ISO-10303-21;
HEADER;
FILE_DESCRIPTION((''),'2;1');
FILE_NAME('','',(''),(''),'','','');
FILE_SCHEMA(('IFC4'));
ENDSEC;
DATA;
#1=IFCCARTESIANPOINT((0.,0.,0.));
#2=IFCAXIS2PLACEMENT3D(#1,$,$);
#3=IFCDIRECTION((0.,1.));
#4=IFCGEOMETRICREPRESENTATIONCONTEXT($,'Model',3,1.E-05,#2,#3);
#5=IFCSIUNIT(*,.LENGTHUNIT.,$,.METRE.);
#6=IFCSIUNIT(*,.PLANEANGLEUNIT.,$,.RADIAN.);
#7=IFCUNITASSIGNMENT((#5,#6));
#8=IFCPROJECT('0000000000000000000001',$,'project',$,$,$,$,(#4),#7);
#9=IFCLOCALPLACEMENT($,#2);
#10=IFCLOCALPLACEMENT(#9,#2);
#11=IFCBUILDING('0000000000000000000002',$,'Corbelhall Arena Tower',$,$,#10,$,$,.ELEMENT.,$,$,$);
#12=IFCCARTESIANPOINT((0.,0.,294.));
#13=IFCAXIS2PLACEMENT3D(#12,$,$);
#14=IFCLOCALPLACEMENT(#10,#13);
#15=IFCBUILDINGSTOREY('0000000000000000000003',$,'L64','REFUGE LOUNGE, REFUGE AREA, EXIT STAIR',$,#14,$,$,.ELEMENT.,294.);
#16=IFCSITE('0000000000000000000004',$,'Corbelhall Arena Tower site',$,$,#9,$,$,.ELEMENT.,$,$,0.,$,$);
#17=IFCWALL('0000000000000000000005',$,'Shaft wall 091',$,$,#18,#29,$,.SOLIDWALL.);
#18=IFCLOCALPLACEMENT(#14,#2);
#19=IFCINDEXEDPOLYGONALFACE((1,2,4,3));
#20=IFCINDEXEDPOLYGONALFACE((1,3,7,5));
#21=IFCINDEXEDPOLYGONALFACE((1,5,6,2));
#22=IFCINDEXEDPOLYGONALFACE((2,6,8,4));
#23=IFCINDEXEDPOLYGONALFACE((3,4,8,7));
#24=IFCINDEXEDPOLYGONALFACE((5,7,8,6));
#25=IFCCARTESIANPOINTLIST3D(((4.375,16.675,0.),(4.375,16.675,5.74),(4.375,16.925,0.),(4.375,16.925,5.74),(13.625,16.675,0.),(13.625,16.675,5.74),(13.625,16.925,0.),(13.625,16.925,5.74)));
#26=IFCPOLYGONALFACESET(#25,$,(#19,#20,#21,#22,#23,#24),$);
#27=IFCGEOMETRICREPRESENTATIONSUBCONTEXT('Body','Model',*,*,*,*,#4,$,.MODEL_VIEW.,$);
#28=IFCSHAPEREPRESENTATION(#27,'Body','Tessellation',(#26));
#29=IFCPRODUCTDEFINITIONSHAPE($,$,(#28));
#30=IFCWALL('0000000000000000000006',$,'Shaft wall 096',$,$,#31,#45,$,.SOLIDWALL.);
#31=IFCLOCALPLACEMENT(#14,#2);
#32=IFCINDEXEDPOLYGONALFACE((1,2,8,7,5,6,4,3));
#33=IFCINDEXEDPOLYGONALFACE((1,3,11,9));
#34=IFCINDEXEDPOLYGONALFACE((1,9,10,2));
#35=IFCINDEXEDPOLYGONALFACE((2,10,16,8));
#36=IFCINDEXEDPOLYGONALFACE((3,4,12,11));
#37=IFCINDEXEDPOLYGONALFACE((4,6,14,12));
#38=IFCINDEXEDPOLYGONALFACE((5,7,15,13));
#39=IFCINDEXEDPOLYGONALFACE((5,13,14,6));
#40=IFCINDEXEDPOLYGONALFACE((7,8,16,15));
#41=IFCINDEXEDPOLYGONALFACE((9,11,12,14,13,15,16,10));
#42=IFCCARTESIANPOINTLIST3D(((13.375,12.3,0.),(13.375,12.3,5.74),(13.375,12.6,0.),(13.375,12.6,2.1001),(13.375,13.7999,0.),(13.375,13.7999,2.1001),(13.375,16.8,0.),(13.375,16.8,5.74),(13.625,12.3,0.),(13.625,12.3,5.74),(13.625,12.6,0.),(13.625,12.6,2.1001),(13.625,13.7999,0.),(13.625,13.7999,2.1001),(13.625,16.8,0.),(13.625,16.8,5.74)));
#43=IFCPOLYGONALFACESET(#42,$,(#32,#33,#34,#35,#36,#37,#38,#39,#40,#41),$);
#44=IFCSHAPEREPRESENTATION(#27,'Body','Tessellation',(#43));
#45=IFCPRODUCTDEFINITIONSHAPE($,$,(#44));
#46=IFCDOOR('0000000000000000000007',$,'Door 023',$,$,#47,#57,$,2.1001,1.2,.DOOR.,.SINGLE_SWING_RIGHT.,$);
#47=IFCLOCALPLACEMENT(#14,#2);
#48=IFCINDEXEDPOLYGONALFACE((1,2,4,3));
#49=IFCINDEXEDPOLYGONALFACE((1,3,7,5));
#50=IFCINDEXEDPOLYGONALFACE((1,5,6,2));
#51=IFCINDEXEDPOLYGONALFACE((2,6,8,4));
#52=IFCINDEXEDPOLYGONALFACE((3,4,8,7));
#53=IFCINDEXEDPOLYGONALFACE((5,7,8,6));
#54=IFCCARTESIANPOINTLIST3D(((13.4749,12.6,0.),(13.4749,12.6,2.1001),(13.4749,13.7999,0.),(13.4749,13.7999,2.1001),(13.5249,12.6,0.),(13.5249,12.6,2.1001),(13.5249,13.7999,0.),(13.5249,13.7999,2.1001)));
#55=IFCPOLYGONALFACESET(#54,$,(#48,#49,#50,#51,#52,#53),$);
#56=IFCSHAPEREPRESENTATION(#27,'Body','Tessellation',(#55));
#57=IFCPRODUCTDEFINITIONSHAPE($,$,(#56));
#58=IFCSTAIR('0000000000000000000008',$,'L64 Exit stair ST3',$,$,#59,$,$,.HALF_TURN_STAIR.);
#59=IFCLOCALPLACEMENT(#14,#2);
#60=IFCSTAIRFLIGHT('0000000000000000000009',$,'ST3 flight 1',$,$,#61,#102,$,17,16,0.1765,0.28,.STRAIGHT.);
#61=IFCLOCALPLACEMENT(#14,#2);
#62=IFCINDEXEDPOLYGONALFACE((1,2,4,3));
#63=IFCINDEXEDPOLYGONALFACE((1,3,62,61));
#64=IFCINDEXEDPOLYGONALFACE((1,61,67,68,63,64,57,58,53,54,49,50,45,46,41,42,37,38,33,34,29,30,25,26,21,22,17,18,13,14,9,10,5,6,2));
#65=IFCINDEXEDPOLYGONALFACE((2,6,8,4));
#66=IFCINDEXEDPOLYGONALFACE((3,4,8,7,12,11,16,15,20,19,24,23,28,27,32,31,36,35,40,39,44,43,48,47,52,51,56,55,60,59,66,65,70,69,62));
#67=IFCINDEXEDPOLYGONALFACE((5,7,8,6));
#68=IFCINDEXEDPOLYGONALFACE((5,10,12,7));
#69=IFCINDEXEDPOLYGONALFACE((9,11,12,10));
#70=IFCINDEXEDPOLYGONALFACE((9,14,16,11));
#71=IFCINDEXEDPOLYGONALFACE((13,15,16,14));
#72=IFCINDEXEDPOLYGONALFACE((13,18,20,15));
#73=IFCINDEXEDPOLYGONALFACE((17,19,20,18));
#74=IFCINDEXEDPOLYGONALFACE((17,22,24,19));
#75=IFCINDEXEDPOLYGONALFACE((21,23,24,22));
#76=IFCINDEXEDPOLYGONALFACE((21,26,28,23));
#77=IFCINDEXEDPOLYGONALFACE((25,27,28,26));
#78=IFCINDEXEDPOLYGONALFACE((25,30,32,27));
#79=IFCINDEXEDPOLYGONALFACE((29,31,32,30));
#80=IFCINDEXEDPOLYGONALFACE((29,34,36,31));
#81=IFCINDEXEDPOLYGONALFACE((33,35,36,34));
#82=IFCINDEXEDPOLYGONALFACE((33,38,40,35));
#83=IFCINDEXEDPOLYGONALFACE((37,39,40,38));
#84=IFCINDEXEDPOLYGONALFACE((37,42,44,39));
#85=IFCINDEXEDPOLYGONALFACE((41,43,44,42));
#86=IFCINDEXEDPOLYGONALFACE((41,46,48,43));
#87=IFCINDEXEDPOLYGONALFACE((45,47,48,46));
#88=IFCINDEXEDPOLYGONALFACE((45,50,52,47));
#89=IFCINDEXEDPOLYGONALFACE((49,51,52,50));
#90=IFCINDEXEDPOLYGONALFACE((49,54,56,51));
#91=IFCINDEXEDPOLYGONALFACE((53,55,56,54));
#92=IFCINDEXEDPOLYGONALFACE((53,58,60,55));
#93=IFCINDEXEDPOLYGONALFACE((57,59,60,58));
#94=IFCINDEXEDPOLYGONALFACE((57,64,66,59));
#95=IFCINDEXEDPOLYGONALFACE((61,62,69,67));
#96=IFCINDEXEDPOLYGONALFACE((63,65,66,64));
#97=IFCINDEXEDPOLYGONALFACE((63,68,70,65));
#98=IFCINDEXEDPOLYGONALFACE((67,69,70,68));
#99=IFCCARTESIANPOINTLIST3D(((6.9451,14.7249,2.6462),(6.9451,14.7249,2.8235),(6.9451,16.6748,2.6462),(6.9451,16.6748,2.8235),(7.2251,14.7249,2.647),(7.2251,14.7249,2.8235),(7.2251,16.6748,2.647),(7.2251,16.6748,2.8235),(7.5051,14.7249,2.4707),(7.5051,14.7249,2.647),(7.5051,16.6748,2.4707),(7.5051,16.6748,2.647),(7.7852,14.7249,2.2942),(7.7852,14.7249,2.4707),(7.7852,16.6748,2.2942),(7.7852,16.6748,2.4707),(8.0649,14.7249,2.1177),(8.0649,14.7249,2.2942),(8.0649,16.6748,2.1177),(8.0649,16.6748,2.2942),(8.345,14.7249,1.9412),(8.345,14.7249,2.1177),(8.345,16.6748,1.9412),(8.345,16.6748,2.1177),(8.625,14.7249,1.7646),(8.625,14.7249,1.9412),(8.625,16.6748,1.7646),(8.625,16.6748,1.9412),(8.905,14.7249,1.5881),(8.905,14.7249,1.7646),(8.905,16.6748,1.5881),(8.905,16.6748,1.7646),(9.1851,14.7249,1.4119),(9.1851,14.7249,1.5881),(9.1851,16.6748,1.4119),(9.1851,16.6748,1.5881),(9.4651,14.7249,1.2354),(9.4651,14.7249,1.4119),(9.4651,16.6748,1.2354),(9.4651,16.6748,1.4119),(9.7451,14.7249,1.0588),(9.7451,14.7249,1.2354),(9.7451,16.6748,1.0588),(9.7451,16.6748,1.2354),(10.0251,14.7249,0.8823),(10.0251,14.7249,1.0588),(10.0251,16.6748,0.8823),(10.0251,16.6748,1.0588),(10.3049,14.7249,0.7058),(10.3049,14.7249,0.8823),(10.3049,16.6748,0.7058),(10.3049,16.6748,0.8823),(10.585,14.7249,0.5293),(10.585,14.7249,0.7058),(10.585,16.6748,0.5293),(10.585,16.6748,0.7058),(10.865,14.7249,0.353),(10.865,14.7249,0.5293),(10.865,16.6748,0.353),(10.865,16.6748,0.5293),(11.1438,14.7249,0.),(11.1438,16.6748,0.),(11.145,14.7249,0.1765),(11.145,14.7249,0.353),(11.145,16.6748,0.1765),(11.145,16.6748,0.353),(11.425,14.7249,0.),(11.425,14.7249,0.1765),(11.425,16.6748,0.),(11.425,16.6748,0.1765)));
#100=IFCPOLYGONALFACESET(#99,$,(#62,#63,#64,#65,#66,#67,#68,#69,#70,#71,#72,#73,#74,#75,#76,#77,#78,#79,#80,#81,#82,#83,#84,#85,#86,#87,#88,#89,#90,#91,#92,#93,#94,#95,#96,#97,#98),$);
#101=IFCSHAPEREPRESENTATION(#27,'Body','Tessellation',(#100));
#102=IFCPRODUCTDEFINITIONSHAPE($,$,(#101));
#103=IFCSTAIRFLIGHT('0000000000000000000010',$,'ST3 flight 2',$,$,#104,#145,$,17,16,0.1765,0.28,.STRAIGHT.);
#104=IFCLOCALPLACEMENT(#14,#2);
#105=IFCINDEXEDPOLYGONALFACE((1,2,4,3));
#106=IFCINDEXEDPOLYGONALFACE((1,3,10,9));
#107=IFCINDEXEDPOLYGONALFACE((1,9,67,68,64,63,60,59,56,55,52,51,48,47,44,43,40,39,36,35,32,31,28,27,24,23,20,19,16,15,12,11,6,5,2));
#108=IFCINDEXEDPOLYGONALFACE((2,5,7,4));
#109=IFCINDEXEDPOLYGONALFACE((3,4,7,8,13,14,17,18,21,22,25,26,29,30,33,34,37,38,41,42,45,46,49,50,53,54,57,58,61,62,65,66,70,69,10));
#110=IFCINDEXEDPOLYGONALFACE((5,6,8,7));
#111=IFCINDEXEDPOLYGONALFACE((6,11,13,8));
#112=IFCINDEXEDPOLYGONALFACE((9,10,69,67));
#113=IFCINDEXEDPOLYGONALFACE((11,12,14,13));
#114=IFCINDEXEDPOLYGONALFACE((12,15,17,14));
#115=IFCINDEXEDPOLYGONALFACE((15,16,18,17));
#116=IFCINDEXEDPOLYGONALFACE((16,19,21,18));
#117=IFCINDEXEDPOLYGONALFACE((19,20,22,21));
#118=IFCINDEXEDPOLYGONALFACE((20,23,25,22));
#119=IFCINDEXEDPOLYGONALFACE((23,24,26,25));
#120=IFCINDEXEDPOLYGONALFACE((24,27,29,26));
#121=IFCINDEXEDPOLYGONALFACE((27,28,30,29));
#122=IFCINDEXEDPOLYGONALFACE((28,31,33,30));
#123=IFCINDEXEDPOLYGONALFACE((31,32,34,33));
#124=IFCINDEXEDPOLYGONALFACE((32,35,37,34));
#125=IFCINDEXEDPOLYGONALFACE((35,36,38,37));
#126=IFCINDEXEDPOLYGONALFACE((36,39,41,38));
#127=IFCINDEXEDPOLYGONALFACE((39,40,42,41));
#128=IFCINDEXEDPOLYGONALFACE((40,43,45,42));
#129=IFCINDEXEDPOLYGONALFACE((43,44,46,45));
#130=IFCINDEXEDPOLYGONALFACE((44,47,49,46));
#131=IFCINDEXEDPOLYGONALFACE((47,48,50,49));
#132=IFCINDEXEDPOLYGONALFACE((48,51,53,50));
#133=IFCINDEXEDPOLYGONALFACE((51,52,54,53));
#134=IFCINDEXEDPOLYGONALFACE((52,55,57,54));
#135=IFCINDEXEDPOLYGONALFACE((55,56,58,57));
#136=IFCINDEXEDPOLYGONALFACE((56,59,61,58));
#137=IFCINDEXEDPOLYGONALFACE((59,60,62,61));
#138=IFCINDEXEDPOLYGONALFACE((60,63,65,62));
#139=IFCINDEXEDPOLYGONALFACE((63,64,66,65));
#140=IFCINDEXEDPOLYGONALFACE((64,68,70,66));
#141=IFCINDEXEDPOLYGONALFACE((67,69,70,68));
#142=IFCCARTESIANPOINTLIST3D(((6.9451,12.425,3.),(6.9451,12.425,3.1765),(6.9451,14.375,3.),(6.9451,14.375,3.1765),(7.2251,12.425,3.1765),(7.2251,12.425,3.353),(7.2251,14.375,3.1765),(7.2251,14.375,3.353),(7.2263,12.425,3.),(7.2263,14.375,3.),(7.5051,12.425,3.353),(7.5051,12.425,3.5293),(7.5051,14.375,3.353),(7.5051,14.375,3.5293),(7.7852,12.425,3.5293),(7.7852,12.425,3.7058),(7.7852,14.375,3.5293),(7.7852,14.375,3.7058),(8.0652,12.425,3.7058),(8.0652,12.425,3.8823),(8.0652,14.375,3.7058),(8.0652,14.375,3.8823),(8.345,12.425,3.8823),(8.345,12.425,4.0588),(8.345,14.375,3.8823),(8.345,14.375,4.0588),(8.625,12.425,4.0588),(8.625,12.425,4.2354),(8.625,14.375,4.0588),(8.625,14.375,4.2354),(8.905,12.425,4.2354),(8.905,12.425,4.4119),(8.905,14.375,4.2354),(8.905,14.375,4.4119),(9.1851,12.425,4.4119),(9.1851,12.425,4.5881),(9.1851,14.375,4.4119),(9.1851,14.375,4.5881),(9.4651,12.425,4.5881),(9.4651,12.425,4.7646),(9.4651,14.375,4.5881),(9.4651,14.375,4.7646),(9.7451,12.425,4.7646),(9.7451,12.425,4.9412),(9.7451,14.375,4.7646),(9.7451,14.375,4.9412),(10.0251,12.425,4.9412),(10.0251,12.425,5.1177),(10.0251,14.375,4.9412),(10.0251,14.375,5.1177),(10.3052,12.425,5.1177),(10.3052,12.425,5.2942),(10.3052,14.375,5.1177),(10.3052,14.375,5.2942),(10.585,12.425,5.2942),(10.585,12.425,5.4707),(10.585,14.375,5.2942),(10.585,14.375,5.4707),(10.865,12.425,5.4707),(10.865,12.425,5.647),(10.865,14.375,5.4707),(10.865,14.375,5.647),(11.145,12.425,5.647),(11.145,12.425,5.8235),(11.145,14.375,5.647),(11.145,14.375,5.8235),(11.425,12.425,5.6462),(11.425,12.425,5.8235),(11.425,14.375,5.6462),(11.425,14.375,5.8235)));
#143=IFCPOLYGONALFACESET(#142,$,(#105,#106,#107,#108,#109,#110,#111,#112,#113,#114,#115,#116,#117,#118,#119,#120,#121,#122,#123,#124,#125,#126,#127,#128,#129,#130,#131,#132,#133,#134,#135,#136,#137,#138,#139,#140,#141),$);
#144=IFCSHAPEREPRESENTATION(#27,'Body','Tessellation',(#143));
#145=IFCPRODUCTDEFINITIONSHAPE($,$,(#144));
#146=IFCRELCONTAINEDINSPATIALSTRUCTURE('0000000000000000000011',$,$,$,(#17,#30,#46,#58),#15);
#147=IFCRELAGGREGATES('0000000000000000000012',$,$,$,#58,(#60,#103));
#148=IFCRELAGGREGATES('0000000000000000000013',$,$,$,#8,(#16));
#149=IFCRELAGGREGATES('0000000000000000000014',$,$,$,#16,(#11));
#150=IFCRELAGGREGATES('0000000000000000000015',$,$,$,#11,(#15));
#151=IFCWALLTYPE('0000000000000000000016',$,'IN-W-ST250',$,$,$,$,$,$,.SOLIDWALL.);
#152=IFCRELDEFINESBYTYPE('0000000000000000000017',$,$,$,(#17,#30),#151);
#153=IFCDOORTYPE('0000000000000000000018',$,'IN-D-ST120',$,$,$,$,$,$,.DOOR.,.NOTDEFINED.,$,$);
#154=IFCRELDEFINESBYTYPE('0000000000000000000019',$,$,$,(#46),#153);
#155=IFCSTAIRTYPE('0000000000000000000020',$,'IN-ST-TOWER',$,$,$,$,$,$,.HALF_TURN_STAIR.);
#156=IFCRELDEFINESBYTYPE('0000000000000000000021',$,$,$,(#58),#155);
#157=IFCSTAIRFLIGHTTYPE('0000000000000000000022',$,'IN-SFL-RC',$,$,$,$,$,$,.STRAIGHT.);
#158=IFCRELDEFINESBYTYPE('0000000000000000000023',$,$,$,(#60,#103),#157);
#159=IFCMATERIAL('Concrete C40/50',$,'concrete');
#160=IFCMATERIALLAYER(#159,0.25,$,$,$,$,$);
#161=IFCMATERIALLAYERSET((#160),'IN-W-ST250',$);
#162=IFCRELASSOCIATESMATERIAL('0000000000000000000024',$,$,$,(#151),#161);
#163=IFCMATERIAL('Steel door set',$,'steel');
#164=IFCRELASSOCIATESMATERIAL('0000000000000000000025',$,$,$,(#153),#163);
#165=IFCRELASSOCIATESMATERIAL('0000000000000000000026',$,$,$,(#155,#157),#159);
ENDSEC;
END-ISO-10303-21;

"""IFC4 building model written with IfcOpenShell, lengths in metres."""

from ifc_helpers import new_model, si_unit, direction, frame, frame_2d, origin, place, context, subcontext, project, spatial, polyline, rectangle, outline, extrude, material, layer, layer_set, type_object, element, fill, aggregate, save


model = new_model("IFC4")

# Units and contexts
model_context = context("Model", 3, precision=1e-05, world=origin(), true_north=direction((0.0, 1.0)))
body_context = subcontext(model_context, "Body", "Model", "MODEL_VIEW")
ifc_project = project(units=[si_unit("LENGTHUNIT", "METRE"), si_unit("PLANEANGLEUNIT", "RADIAN")], contexts=[model_context])

# Site, building, storey
site_placement = place(None, origin())
site = spatial("IfcSite", under=ifc_project, at=site_placement, Name="Corbelhall Arena Tower site", CompositionType="ELEMENT", RefElevation=0.0)
building_placement = place(site_placement, origin())
building = spatial("IfcBuilding", under=site, at=building_placement, Name="Corbelhall Arena Tower", CompositionType="ELEMENT")
storey_placement = place(building_placement, frame((0.0, 0.0, 294.0)))
storey = spatial("IfcBuildingStorey", under=building, at=storey_placement, Name="L64", Description="REFUGE LOUNGE, REFUGE AREA, EXIT STAIR", CompositionType="ELEMENT", Elevation=294.0)

# Wall
ifc_material_1 = material(Name="Concrete C40/50", Category="concrete")
ifc_layer_1 = layer(ifc_material_1, 0.25)
ifc_layer_set_1 = layer_set([ifc_layer_1], Name="IN-W-ST250")
wall_type_1 = type_object("IfcWallType", Name="IN-W-ST250", PredefinedType="SOLIDWALL", material=ifc_layer_set_1)
wall_1_placement = place(storey_placement, frame((4.375, 16.8, 0.0), z_axis=(0.0, 0.0, 1.0), x_axis=(1.0, 0.0, 0.0)))
element("IfcWall", 1, at=wall_1_placement, inside=storey, type_object=wall_type_1, Name="Shaft wall 091", PredefinedType="SOLIDWALL", context=body_context, shape_type="SweptSolid", body=[
    extrude(rectangle(XDim=9.25, YDim=0.25, at=frame_2d((4.625, 0.0))), origin(), (0.0, 0.0, 1.0), 5.74),
])

# Wall, opening, door
wall_2_placement = place(storey_placement, frame((13.5, 16.8, 0.0), z_axis=(0.0, 0.0, 1.0), x_axis=(0.0, -1.0, 0.0)))
wall_2 = element("IfcWall", 2, at=wall_2_placement, inside=storey, type_object=wall_type_1, Name="Shaft wall 096", PredefinedType="SOLIDWALL", context=body_context, shape_type="SweptSolid", body=[
    extrude(rectangle(XDim=4.5, YDim=0.25, at=frame_2d((2.25, 0.0))), origin(), (0.0, 0.0, 1.0), 5.74),
])
opening_placement = place(wall_2_placement, frame((3.0, 0.0, 0.0)))
opening = element("IfcOpeningElement", 3, at=opening_placement, cuts=wall_2, PredefinedType="OPENING", context=body_context, shape_type="SweptSolid", body=[
    extrude(rectangle(XDim=1.2, YDim=2.1001, at=frame_2d((0.6001, 1.05))), frame((0.0, 0.125, 0.0), z_axis=(0.0, -1.0, 0.0), x_axis=(1.0, 0.0, 0.0)), (0.0, 0.0, 1.0), 0.25),
])
ifc_material_2 = material(Name="Steel door set", Category="steel")
door_type = type_object("IfcDoorType", Name="IN-D-ST120", OperationType="NOTDEFINED", PredefinedType="DOOR", material=ifc_material_2)
door_placement = place(opening_placement, origin())
door = element("IfcDoor", 4, at=door_placement, inside=storey, type_object=door_type, Name="Door 023", OperationType="SINGLE_SWING_RIGHT", OverallHeight=2.1001, OverallWidth=1.2, PredefinedType="DOOR", context=body_context, shape_type="SweptSolid", body=[
    extrude(rectangle(XDim=1.2, YDim=2.1001, at=frame_2d((0.6001, 1.05))), frame((0.0, 0.0249, 0.0), z_axis=(0.0, -1.0, 0.0), x_axis=(1.0, 0.0, 0.0)), (0.0, 0.0, 1.0), 0.05),
])
fill(opening, door)

# Stair, stair flights
stair_type = type_object("IfcStairType", Name="IN-ST-TOWER", PredefinedType="HALF_TURN_STAIR", material=ifc_material_1)
stair_placement = place(storey_placement, origin())
stair = element("IfcStair", 5, at=stair_placement, inside=storey, type_object=stair_type, Name="L64 Exit stair ST3", PredefinedType="HALF_TURN_STAIR")
stair_flight_type = type_object("IfcStairFlightType", Name="IN-SFL-RC", PredefinedType="STRAIGHT", material=ifc_material_1)
stair_flight_1_placement = place(storey_placement, frame((11.425, 15.7, 0.0), z_axis=(0.0, 0.0, 1.0), x_axis=(-1.0, 0.0, 0.0)))
stair_flight_1 = element("IfcStairFlight", 6, at=stair_flight_1_placement, type_object=stair_flight_type, Name="ST3 flight 1", NumberOfRisers=17, NumberOfTreads=16, PredefinedType="STRAIGHT", RiserHeight=0.1765, TreadLength=0.28, context=body_context, shape_type="SweptSolid", body=[
    extrude(outline(polyline([(0.0, 0.0), (0.0, 0.1765), (0.28, 0.1765), (0.28, 0.353), (0.5601, 0.353), (0.5601, 0.5293), (0.8401, 0.5293), (0.8401, 0.7058), (1.1201, 0.7058), (1.1201, 0.8823), (1.3999, 0.8823), (1.3999, 1.0588), (1.6799, 1.0588), (1.6799, 1.2354), (1.96, 1.2354), (1.96, 1.4119), (2.24, 1.4119), (2.24, 1.5881), (2.52, 1.5881), (2.52, 1.7646), (2.8, 1.7646), (2.8, 1.9412), (3.0801, 1.9412), (3.0801, 2.1177), (3.3601, 2.1177), (3.3601, 2.2942), (3.6399, 2.2942), (3.6399, 2.4707), (3.9199, 2.4707), (3.9199, 2.647), (4.2, 2.647), (4.2, 2.8235), (4.48, 2.8235), (4.48, 3.0), (4.48, 2.6462), (0.2812, 0.0), (0.0, 0.0)])), frame((0.0, 0.9751, 0.0), z_axis=(0.0, -1.0, 0.0), x_axis=(1.0, 0.0, 0.0)), (0.0, 0.0, 1.0), 1.95),
])
stair_flight_2_placement = place(storey_placement, frame((6.9451, 13.3999, 3.0), z_axis=(0.0, 0.0, 1.0), x_axis=(1.0, 0.0, 0.0)))
stair_flight_2 = element("IfcStairFlight", 7, at=stair_flight_2_placement, type_object=stair_flight_type, Name="ST3 flight 2", NumberOfRisers=17, NumberOfTreads=16, PredefinedType="STRAIGHT", RiserHeight=0.1765, TreadLength=0.28, context=body_context, shape_type="SweptSolid", body=[
    extrude(outline(polyline([(0.0, 0.0), (0.0, 0.1765), (0.28, 0.1765), (0.28, 0.353), (0.5601, 0.353), (0.5601, 0.5293), (0.8401, 0.5293), (0.8401, 0.7058), (1.1201, 0.7058), (1.1201, 0.8823), (1.3999, 0.8823), (1.3999, 1.0588), (1.6799, 1.0588), (1.6799, 1.2354), (1.96, 1.2354), (1.96, 1.4119), (2.24, 1.4119), (2.24, 1.5881), (2.52, 1.5881), (2.52, 1.7646), (2.8, 1.7646), (2.8, 1.9412), (3.0801, 1.9412), (3.0801, 2.1177), (3.3601, 2.1177), (3.3601, 2.2942), (3.6399, 2.2942), (3.6399, 2.4707), (3.9199, 2.4707), (3.9199, 2.647), (4.2, 2.647), (4.2, 2.8235), (4.48, 2.8235), (4.48, 3.0), (4.48, 2.6462), (0.2812, 0.0), (0.0, 0.0)])), frame((0.0, 0.9751, 0.0), z_axis=(0.0, -1.0, 0.0), x_axis=(1.0, 0.0, 0.0)), (0.0, 0.0, 1.0), 1.95),
])
aggregate(stair, [stair_flight_1, stair_flight_2])

save(model, "model.ifc")
